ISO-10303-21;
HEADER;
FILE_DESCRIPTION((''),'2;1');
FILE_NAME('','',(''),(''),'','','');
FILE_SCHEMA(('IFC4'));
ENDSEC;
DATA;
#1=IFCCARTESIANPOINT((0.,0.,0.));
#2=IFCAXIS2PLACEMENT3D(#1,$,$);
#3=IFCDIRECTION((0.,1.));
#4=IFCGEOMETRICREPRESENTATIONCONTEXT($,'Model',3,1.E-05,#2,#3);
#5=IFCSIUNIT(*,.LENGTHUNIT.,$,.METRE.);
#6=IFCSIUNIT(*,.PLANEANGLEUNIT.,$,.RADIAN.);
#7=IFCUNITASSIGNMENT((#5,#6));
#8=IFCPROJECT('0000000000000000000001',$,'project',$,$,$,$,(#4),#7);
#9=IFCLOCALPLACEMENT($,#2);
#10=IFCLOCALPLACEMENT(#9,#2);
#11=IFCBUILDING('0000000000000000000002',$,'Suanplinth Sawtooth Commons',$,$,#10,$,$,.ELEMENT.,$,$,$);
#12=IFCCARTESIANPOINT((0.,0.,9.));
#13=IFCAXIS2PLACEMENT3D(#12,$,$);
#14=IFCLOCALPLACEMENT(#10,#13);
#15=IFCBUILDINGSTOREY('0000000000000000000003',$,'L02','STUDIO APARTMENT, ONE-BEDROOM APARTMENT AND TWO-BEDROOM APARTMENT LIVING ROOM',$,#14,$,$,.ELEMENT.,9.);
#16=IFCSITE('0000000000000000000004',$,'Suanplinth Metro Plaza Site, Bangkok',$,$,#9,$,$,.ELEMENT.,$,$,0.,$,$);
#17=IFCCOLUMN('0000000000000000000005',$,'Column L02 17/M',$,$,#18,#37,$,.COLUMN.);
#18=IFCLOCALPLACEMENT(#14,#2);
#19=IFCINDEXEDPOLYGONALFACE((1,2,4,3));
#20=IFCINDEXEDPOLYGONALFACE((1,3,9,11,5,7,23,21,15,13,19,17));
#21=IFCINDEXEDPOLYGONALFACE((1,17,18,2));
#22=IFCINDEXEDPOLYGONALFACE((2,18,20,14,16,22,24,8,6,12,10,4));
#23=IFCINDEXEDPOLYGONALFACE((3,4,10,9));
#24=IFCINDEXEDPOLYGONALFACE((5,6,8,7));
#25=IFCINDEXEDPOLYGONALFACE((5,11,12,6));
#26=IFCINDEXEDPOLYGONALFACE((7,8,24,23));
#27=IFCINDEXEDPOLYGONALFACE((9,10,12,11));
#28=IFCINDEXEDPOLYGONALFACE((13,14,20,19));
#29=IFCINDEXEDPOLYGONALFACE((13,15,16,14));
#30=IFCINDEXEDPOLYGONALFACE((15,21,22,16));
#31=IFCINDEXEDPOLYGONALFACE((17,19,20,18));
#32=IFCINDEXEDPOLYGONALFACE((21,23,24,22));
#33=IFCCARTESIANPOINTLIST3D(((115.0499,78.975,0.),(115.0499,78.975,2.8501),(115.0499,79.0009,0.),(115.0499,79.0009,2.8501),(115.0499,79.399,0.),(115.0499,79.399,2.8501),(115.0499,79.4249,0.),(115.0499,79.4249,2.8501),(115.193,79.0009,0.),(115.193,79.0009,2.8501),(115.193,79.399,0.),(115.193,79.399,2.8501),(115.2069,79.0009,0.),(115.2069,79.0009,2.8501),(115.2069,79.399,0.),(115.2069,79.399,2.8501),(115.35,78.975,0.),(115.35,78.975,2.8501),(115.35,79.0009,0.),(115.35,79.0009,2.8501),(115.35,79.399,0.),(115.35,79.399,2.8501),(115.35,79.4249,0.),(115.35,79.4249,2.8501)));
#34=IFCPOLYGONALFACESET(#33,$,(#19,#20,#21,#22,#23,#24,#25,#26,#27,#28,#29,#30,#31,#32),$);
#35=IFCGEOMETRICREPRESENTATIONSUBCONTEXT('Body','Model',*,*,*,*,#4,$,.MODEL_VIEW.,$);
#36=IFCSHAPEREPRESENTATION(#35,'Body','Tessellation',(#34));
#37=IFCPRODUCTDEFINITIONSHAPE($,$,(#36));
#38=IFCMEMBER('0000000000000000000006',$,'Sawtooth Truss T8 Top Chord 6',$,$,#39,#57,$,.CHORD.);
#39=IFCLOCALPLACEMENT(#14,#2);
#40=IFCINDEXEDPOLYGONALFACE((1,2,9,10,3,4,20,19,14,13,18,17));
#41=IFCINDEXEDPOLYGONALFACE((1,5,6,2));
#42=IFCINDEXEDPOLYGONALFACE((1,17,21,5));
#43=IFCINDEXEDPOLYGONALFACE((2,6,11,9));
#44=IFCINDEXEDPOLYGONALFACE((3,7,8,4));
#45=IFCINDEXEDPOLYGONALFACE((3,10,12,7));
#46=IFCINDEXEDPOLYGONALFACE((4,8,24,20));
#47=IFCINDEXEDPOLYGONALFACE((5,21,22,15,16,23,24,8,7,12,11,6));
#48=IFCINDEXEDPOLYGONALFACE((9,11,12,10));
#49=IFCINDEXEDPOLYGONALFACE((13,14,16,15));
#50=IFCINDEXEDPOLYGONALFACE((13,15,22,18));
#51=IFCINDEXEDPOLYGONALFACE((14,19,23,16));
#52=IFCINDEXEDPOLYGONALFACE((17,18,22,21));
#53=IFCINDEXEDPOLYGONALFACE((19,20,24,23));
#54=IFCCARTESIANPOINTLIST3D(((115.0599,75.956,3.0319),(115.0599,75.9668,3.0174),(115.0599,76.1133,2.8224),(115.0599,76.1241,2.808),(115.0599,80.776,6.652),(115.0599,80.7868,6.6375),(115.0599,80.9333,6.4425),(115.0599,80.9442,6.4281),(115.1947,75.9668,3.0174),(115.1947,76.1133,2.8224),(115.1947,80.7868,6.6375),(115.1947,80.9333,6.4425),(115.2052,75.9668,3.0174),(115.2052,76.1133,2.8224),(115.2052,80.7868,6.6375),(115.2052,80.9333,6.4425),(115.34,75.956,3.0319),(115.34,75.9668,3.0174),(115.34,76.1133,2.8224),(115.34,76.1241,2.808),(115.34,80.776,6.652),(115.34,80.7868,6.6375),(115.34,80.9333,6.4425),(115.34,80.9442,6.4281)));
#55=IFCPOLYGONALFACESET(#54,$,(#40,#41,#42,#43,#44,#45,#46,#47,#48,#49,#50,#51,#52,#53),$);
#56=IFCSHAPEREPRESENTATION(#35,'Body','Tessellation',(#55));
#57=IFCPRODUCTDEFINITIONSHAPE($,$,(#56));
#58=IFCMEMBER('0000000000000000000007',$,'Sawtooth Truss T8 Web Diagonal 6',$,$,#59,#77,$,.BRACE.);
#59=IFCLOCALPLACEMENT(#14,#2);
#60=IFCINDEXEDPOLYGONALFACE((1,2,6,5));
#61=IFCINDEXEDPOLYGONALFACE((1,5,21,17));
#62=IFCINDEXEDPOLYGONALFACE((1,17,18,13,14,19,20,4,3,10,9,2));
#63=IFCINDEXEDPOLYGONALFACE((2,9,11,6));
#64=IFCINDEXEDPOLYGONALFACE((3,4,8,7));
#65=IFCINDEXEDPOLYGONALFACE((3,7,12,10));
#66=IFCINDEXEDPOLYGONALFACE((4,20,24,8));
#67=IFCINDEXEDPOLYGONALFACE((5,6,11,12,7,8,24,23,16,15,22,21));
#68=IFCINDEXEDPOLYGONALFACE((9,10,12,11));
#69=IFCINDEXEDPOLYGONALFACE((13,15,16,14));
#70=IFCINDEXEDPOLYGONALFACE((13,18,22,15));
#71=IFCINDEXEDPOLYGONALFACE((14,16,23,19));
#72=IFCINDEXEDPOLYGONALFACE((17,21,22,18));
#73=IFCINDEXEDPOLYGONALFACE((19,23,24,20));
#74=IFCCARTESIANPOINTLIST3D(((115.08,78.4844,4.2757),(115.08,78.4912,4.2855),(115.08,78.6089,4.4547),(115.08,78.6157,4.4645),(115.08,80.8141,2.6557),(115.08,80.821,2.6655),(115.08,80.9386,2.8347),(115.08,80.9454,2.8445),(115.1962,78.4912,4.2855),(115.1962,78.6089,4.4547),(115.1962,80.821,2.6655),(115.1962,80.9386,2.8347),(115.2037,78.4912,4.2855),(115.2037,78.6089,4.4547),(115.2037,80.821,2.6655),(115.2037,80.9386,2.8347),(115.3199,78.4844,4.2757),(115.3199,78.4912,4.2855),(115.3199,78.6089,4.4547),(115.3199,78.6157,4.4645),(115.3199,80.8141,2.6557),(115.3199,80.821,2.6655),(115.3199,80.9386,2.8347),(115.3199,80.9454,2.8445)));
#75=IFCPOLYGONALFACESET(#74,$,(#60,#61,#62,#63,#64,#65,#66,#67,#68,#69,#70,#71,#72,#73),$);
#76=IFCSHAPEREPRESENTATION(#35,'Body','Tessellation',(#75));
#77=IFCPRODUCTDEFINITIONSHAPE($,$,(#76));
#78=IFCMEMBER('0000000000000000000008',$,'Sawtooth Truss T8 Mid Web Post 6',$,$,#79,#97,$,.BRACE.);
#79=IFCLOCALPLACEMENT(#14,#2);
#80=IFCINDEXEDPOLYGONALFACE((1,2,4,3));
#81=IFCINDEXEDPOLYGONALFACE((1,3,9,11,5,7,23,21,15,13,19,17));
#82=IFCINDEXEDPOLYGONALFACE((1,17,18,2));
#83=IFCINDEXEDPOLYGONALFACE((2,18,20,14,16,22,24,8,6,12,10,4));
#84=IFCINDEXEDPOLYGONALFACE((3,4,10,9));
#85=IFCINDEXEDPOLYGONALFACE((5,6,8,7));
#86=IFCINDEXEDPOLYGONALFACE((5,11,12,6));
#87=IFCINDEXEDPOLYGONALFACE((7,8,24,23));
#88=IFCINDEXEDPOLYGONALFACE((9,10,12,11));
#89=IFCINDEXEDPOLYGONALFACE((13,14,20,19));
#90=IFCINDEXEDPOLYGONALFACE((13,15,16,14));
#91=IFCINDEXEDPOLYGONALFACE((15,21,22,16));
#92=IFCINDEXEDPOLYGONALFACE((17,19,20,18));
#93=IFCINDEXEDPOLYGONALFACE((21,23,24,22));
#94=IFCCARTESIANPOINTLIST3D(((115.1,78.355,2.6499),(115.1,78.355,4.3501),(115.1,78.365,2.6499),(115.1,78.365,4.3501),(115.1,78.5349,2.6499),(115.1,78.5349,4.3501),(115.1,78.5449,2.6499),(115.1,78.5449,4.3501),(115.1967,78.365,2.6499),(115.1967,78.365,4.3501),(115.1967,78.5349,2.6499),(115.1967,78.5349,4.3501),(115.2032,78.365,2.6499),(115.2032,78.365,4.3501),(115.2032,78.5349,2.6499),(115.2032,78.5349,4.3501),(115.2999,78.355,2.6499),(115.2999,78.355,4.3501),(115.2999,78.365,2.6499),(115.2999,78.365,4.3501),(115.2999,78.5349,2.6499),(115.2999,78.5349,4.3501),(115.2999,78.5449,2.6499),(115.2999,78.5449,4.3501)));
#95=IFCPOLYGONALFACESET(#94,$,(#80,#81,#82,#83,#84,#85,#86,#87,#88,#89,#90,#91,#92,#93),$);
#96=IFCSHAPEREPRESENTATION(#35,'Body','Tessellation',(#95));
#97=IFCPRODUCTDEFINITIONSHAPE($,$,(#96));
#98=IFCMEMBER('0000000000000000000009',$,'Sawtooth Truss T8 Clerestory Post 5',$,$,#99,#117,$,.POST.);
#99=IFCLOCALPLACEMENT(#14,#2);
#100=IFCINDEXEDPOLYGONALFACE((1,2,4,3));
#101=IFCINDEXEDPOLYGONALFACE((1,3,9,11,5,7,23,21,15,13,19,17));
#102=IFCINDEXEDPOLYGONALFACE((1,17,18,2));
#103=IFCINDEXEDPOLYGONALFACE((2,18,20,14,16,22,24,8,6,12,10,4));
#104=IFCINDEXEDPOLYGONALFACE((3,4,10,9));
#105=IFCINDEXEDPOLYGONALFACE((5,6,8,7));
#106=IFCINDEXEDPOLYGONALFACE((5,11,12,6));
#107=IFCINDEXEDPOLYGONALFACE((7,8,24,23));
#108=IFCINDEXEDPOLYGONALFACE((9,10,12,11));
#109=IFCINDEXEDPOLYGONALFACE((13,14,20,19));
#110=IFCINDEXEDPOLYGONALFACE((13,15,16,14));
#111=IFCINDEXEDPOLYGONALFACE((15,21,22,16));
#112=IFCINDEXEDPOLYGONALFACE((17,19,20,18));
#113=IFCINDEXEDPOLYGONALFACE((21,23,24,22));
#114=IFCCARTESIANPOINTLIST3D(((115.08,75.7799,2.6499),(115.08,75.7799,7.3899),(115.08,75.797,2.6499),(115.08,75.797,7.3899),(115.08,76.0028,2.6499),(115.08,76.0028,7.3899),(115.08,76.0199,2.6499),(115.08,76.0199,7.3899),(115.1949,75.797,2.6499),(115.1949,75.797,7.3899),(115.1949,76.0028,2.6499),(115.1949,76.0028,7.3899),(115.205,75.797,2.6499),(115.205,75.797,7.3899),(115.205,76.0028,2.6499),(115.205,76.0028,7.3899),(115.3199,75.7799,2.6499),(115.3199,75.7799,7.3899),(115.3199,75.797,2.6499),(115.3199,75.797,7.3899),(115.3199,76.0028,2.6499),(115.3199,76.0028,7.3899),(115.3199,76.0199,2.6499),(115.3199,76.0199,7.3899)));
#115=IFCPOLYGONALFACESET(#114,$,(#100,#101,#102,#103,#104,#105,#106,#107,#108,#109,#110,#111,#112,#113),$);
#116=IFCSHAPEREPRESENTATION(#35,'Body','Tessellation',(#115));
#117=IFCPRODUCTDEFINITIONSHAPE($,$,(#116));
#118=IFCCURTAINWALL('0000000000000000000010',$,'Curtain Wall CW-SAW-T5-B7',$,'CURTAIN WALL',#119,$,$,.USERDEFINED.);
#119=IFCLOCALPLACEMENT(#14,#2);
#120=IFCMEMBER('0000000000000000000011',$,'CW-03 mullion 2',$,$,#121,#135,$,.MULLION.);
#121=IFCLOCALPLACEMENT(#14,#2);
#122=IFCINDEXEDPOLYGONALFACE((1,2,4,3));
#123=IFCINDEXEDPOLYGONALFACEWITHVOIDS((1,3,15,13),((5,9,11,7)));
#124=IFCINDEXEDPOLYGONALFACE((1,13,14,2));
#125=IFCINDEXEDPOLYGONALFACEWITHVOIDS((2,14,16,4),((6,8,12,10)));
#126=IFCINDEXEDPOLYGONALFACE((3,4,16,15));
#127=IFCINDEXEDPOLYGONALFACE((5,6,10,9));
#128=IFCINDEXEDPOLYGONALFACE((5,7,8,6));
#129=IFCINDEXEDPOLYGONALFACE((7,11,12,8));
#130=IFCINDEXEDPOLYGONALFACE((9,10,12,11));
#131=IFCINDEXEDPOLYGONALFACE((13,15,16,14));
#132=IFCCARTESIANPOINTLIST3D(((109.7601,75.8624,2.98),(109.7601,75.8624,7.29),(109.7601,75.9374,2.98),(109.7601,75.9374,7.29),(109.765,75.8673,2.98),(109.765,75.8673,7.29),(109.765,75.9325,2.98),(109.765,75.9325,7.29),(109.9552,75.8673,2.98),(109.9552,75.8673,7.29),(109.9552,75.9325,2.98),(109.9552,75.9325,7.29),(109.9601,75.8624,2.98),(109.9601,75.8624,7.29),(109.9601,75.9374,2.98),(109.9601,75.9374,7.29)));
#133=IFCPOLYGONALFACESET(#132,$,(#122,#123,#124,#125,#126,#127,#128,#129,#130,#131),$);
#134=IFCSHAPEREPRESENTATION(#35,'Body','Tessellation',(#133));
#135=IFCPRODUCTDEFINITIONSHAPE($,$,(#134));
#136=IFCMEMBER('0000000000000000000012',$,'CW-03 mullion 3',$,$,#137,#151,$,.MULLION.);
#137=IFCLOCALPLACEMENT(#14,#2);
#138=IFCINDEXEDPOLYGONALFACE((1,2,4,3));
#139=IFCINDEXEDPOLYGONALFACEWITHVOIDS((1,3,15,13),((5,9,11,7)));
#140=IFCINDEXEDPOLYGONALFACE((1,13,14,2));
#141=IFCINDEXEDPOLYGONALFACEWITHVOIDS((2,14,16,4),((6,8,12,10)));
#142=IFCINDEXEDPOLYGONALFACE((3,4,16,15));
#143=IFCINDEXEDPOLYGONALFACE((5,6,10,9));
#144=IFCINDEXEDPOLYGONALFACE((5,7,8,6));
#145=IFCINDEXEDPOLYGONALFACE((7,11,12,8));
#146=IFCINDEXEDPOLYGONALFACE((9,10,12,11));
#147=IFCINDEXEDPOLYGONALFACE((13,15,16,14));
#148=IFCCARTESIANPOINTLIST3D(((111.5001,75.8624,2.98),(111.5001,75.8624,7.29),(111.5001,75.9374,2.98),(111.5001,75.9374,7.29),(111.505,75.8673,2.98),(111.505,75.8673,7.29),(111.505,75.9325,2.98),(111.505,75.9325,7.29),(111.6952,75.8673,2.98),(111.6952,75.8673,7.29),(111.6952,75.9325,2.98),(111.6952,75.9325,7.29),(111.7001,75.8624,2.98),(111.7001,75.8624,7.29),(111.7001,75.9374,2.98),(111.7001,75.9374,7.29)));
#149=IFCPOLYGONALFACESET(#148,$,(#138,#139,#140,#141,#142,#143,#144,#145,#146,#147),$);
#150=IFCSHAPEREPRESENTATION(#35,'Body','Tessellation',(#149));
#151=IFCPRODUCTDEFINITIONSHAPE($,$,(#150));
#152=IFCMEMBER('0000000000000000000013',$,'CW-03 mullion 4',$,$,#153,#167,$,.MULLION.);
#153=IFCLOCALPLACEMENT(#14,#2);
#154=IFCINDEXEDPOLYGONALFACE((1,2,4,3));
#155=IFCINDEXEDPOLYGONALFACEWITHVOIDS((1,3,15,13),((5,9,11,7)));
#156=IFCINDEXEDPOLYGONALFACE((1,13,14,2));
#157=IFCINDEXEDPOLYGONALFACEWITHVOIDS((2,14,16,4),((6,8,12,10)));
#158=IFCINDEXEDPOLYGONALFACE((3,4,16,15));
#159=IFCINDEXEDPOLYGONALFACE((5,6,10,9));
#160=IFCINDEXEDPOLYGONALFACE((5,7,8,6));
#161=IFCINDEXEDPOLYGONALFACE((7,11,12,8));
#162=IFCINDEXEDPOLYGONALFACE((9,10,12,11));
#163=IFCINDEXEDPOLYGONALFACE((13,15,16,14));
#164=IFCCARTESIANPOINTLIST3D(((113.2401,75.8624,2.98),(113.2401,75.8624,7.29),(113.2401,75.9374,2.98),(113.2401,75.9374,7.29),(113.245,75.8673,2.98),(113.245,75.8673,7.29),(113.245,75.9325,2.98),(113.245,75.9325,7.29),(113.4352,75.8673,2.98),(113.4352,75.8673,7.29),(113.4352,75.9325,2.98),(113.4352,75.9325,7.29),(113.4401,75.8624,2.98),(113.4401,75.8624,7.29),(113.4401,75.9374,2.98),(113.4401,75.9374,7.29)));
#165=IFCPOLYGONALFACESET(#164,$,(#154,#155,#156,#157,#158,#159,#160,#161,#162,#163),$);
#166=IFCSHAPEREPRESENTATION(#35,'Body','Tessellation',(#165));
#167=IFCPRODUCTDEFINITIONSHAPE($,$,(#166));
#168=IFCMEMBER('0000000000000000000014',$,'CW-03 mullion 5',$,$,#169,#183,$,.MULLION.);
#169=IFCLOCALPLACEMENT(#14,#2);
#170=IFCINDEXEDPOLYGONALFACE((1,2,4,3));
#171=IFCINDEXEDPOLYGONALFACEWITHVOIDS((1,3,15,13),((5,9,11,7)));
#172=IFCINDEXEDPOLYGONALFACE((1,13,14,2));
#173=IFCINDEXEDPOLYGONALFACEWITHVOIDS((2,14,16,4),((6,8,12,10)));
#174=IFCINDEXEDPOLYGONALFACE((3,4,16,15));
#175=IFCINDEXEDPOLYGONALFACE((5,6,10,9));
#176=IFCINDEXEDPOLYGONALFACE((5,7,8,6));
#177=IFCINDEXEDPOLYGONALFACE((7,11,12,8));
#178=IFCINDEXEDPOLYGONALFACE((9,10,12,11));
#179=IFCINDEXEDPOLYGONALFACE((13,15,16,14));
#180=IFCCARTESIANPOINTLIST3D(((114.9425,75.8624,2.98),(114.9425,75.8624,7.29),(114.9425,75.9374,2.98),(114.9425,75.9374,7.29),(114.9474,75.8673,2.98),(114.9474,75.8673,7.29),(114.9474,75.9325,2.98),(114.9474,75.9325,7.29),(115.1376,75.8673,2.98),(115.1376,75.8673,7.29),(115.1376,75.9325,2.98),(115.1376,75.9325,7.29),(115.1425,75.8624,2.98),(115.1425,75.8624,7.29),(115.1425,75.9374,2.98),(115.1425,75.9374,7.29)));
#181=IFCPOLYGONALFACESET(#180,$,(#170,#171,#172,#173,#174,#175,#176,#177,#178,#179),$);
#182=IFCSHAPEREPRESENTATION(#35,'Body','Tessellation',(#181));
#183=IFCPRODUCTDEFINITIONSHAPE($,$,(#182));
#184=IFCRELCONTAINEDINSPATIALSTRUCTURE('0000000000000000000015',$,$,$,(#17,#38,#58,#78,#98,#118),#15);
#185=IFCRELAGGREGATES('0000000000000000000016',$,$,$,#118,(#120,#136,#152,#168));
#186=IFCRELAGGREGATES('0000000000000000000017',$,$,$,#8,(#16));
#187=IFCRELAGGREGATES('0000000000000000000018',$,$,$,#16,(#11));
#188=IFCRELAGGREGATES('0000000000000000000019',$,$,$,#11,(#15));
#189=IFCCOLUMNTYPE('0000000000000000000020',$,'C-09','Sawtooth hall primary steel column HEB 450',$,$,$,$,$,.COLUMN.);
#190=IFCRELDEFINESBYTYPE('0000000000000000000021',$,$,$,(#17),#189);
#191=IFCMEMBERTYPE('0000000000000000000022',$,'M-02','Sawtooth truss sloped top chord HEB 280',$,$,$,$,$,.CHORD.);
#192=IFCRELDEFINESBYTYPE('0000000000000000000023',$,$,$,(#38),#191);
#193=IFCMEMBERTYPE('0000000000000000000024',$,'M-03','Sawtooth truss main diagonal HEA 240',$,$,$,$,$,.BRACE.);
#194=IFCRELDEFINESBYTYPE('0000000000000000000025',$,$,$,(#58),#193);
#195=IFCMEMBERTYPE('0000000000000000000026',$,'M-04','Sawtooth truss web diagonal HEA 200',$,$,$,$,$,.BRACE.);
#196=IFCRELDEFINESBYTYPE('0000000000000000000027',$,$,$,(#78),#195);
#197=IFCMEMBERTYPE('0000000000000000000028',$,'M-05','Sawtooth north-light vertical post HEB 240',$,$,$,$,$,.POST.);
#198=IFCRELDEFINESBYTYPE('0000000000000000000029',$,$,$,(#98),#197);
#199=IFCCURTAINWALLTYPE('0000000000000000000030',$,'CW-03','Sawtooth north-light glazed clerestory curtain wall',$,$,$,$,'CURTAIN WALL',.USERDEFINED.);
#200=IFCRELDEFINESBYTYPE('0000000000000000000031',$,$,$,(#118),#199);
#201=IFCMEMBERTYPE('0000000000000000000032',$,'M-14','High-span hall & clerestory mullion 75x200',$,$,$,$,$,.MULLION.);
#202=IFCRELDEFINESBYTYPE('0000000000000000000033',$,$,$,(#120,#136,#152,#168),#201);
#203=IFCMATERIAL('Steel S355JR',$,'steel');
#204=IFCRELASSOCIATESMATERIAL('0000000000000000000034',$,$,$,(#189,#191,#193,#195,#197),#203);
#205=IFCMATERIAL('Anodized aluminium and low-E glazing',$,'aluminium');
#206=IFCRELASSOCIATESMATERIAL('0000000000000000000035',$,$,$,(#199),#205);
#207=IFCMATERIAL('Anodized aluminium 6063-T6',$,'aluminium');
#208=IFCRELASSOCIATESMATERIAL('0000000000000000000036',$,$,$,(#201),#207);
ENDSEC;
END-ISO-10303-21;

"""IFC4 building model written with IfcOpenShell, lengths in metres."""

from ifc_helpers import new_model, si_unit, direction, frame, origin, origin_2d, place, context, subcontext, project, spatial, hollow_rectangle, i_section, extrude, material, material_profile, profile_set, type_object, element, aggregate, save


model = new_model("IFC4")

# Units and contexts
model_context = context("Model", 3, precision=1e-05, world=origin(), true_north=direction((0.0, 1.0)))
body_context = subcontext(model_context, "Body", "Model", "MODEL_VIEW")
ifc_project = project(units=[si_unit("LENGTHUNIT", "METRE"), si_unit("PLANEANGLEUNIT", "RADIAN")], contexts=[model_context])

# Site, building, storey
site_placement = place(None, origin())
site = spatial("IfcSite", under=ifc_project, at=site_placement, Name="Suanplinth Metro Plaza Site, Bangkok", CompositionType="ELEMENT", RefElevation=0.0)
building_placement = place(site_placement, origin())
building = spatial("IfcBuilding", under=site, at=building_placement, Name="Suanplinth Sawtooth Commons", CompositionType="ELEMENT")
storey_placement = place(building_placement, frame((0.0, 0.0, 9.0)))
storey = spatial("IfcBuildingStorey", under=building, at=storey_placement, Name="L02", Description="STUDIO APARTMENT, ONE-BEDROOM APARTMENT AND TWO-BEDROOM APARTMENT LIVING ROOM", CompositionType="ELEMENT", Elevation=9.0)

# Column
ifc_material_1 = material(Name="Steel S355JR", Category="steel")
ifc_material_profile_1 = material_profile(ifc_material_1, i_section(OverallWidth=0.3, OverallDepth=0.45, WebThickness=0.0139, FlangeThickness=0.0259, at=origin_2d()), Name="HEB 450")
ifc_profile_set_1 = profile_set([ifc_material_profile_1], Name="Steel S355JR")
column_type = type_object("IfcColumnType", Name="C-09", Description="Sawtooth hall primary steel column HEB 450", PredefinedType="COLUMN", material=ifc_profile_set_1)
column_placement = place(storey_placement, frame((115.2, 79.2, 0.0), z_axis=(0.0, 0.0, 1.0), x_axis=(1.0, 0.0, 0.0)))
element("IfcColumn", 1, at=column_placement, inside=storey, type_object=column_type, Name="Column L02 17/M", PredefinedType="COLUMN", context=body_context, shape_type="SweptSolid", body=[
    extrude(i_section(OverallWidth=0.3, OverallDepth=0.45, WebThickness=0.0139, FlangeThickness=0.0259, at=origin_2d()), origin(), (0.0, 0.0, 1.0), 2.8501),
])

# Members
ifc_material_profile_2 = material_profile(ifc_material_1, i_section(OverallWidth=0.28, OverallDepth=0.28, WebThickness=0.0105, FlangeThickness=0.0181, at=origin_2d()), Name="HEB 280")
ifc_profile_set_2 = profile_set([ifc_material_profile_2], Name="Steel S355JR")
member_type_1 = type_object("IfcMemberType", Name="M-02", Description="Sawtooth truss sloped top chord HEB 280", PredefinedType="CHORD", material=ifc_profile_set_2)
member_1_placement = place(storey_placement, frame((115.2, 76.04, 2.9199), z_axis=(0.0, 0.799596, 0.600538), x_axis=(-1.0, 0.0, 0.0)))
element("IfcMember", 2, at=member_1_placement, inside=storey, type_object=member_type_1, Name="Sawtooth Truss T8 Top Chord 6", PredefinedType="CHORD", context=body_context, shape_type="SweptSolid", body=[
    extrude(i_section(OverallWidth=0.28, OverallDepth=0.28, WebThickness=0.0105, FlangeThickness=0.0181, at=origin_2d()), origin(), (0.0, 0.0, 1.0), 6.0281),
])
ifc_material_profile_3 = material_profile(ifc_material_1, i_section(OverallWidth=0.24, OverallDepth=0.23, WebThickness=0.0076, FlangeThickness=0.012, at=origin_2d()), Name="HEA 240")
ifc_profile_set_3 = profile_set([ifc_material_profile_3], Name="Steel S355JR")
member_type_2 = type_object("IfcMemberType", Name="M-03", Description="Sawtooth truss main diagonal HEA 240", PredefinedType="BRACE", material=ifc_profile_set_3)
member_2_placement = place(storey_placement, frame((115.2, 78.55, 4.3701), z_axis=(0.0, 0.82101, -0.570913), x_axis=(-1.0, 0.0, 0.0)))
element("IfcMember", 3, at=member_2_placement, inside=storey, type_object=member_type_2, Name="Sawtooth Truss T8 Web Diagonal 6", PredefinedType="BRACE", context=body_context, shape_type="SweptSolid", body=[
    extrude(i_section(OverallWidth=0.24, OverallDepth=0.23, WebThickness=0.0076, FlangeThickness=0.012, at=origin_2d()), origin(), (0.0, 0.0, 1.0), 2.8376),
])
ifc_material_profile_4 = material_profile(ifc_material_1, i_section(OverallWidth=0.2, OverallDepth=0.1899, WebThickness=0.0066, FlangeThickness=0.01, at=origin_2d()), Name="HEA 200")
ifc_profile_set_4 = profile_set([ifc_material_profile_4], Name="Steel S355JR")
member_type_3 = type_object("IfcMemberType", Name="M-04", Description="Sawtooth truss web diagonal HEA 200", PredefinedType="BRACE", material=ifc_profile_set_4)
member_3_placement = place(storey_placement, frame((115.2, 78.45, 2.6499), z_axis=(0.0, 0.0, 1.0), x_axis=(1.0, 0.0, 0.0)))
element("IfcMember", 4, at=member_3_placement, inside=storey, type_object=member_type_3, Name="Sawtooth Truss T8 Mid Web Post 6", PredefinedType="BRACE", context=body_context, shape_type="SweptSolid", body=[
    extrude(i_section(OverallWidth=0.2, OverallDepth=0.1899, WebThickness=0.0066, FlangeThickness=0.01, at=origin_2d()), origin(), (0.0, 0.0, 1.0), 1.7002),
])
ifc_material_profile_5 = material_profile(ifc_material_1, i_section(OverallWidth=0.24, OverallDepth=0.24, WebThickness=0.01, FlangeThickness=0.0171, at=origin_2d()), Name="HEB 240")
ifc_profile_set_5 = profile_set([ifc_material_profile_5], Name="Steel S355JR")
member_type_4 = type_object("IfcMemberType", Name="M-05", Description="Sawtooth north-light vertical post HEB 240", PredefinedType="POST", material=ifc_profile_set_5)
member_4_placement = place(storey_placement, frame((115.2, 75.8999, 2.6499), z_axis=(0.0, 0.0, 1.0), x_axis=(1.0, 0.0, 0.0)))
element("IfcMember", 5, at=member_4_placement, inside=storey, type_object=member_type_4, Name="Sawtooth Truss T8 Clerestory Post 5", PredefinedType="POST", context=body_context, shape_type="SweptSolid", body=[
    extrude(i_section(OverallWidth=0.24, OverallDepth=0.24, WebThickness=0.01, FlangeThickness=0.0171, at=origin_2d()), origin(), (0.0, 0.0, 1.0), 4.74),
])

# Curtain wall, members
ifc_material_2 = material(Name="Anodized aluminium and low-E glazing", Category="aluminium")
curtain_wall_type = type_object("IfcCurtainWallType", Name="CW-03", Description="Sawtooth north-light glazed clerestory curtain wall", ElementType="CURTAIN WALL", PredefinedType="USERDEFINED", material=ifc_material_2)
curtain_wall_placement = place(storey_placement, origin())
curtain_wall = element("IfcCurtainWall", 6, at=curtain_wall_placement, inside=storey, type_object=curtain_wall_type, Name="Curtain Wall CW-SAW-T5-B7", ObjectType="CURTAIN WALL", PredefinedType="USERDEFINED")
ifc_material_3 = material(Name="Anodized aluminium 6063-T6", Category="aluminium")
ifc_material_profile_6 = material_profile(ifc_material_3, hollow_rectangle(XDim=0.075, YDim=0.2, WallThickness=0.0049, at=origin_2d()), Name="ALU-MUL 75x200")
ifc_profile_set_6 = profile_set([ifc_material_profile_6], Name="Anodized aluminium 6063-T6")
member_type_5 = type_object("IfcMemberType", Name="M-14", Description="High-span hall & clerestory mullion 75x200", PredefinedType="MULLION", material=ifc_profile_set_6)
member_5_placement = place(storey_placement, frame((109.8601, 75.8999, 2.98), z_axis=(0.0, 0.0, 1.0), x_axis=(0.0, 1.0, 0.0)))
member_5 = element("IfcMember", 7, at=member_5_placement, type_object=member_type_5, Name="CW-03 mullion 2", PredefinedType="MULLION", context=body_context, shape_type="SweptSolid", body=[
    extrude(hollow_rectangle(XDim=0.075, YDim=0.2, WallThickness=0.0049, at=origin_2d()), origin(), (0.0, 0.0, 1.0), 4.3101),
])
member_6_placement = place(storey_placement, frame((111.6001, 75.8999, 2.98), z_axis=(0.0, 0.0, 1.0), x_axis=(0.0, 1.0, 0.0)))
member_6 = element("IfcMember", 8, at=member_6_placement, type_object=member_type_5, Name="CW-03 mullion 3", PredefinedType="MULLION", context=body_context, shape_type="SweptSolid", body=[
    extrude(hollow_rectangle(XDim=0.075, YDim=0.2, WallThickness=0.0049, at=origin_2d()), origin(), (0.0, 0.0, 1.0), 4.3101),
])
member_7_placement = place(storey_placement, frame((113.3401, 75.8999, 2.98), z_axis=(0.0, 0.0, 1.0), x_axis=(0.0, 1.0, 0.0)))
member_7 = element("IfcMember", 9, at=member_7_placement, type_object=member_type_5, Name="CW-03 mullion 4", PredefinedType="MULLION", context=body_context, shape_type="SweptSolid", body=[
    extrude(hollow_rectangle(XDim=0.075, YDim=0.2, WallThickness=0.0049, at=origin_2d()), origin(), (0.0, 0.0, 1.0), 4.3101),
])
member_8_placement = place(storey_placement, frame((115.0425, 75.8999, 2.98), z_axis=(0.0, 0.0, 1.0), x_axis=(0.0, 1.0, 0.0)))
member_8 = element("IfcMember", 10, at=member_8_placement, type_object=member_type_5, Name="CW-03 mullion 5", PredefinedType="MULLION", context=body_context, shape_type="SweptSolid", body=[
    extrude(hollow_rectangle(XDim=0.075, YDim=0.2, WallThickness=0.0049, at=origin_2d()), origin(), (0.0, 0.0, 1.0), 4.3101),
])

aggregate(curtain_wall, [member_5, member_6, member_7, member_8])

save(model, "model.ifc")
